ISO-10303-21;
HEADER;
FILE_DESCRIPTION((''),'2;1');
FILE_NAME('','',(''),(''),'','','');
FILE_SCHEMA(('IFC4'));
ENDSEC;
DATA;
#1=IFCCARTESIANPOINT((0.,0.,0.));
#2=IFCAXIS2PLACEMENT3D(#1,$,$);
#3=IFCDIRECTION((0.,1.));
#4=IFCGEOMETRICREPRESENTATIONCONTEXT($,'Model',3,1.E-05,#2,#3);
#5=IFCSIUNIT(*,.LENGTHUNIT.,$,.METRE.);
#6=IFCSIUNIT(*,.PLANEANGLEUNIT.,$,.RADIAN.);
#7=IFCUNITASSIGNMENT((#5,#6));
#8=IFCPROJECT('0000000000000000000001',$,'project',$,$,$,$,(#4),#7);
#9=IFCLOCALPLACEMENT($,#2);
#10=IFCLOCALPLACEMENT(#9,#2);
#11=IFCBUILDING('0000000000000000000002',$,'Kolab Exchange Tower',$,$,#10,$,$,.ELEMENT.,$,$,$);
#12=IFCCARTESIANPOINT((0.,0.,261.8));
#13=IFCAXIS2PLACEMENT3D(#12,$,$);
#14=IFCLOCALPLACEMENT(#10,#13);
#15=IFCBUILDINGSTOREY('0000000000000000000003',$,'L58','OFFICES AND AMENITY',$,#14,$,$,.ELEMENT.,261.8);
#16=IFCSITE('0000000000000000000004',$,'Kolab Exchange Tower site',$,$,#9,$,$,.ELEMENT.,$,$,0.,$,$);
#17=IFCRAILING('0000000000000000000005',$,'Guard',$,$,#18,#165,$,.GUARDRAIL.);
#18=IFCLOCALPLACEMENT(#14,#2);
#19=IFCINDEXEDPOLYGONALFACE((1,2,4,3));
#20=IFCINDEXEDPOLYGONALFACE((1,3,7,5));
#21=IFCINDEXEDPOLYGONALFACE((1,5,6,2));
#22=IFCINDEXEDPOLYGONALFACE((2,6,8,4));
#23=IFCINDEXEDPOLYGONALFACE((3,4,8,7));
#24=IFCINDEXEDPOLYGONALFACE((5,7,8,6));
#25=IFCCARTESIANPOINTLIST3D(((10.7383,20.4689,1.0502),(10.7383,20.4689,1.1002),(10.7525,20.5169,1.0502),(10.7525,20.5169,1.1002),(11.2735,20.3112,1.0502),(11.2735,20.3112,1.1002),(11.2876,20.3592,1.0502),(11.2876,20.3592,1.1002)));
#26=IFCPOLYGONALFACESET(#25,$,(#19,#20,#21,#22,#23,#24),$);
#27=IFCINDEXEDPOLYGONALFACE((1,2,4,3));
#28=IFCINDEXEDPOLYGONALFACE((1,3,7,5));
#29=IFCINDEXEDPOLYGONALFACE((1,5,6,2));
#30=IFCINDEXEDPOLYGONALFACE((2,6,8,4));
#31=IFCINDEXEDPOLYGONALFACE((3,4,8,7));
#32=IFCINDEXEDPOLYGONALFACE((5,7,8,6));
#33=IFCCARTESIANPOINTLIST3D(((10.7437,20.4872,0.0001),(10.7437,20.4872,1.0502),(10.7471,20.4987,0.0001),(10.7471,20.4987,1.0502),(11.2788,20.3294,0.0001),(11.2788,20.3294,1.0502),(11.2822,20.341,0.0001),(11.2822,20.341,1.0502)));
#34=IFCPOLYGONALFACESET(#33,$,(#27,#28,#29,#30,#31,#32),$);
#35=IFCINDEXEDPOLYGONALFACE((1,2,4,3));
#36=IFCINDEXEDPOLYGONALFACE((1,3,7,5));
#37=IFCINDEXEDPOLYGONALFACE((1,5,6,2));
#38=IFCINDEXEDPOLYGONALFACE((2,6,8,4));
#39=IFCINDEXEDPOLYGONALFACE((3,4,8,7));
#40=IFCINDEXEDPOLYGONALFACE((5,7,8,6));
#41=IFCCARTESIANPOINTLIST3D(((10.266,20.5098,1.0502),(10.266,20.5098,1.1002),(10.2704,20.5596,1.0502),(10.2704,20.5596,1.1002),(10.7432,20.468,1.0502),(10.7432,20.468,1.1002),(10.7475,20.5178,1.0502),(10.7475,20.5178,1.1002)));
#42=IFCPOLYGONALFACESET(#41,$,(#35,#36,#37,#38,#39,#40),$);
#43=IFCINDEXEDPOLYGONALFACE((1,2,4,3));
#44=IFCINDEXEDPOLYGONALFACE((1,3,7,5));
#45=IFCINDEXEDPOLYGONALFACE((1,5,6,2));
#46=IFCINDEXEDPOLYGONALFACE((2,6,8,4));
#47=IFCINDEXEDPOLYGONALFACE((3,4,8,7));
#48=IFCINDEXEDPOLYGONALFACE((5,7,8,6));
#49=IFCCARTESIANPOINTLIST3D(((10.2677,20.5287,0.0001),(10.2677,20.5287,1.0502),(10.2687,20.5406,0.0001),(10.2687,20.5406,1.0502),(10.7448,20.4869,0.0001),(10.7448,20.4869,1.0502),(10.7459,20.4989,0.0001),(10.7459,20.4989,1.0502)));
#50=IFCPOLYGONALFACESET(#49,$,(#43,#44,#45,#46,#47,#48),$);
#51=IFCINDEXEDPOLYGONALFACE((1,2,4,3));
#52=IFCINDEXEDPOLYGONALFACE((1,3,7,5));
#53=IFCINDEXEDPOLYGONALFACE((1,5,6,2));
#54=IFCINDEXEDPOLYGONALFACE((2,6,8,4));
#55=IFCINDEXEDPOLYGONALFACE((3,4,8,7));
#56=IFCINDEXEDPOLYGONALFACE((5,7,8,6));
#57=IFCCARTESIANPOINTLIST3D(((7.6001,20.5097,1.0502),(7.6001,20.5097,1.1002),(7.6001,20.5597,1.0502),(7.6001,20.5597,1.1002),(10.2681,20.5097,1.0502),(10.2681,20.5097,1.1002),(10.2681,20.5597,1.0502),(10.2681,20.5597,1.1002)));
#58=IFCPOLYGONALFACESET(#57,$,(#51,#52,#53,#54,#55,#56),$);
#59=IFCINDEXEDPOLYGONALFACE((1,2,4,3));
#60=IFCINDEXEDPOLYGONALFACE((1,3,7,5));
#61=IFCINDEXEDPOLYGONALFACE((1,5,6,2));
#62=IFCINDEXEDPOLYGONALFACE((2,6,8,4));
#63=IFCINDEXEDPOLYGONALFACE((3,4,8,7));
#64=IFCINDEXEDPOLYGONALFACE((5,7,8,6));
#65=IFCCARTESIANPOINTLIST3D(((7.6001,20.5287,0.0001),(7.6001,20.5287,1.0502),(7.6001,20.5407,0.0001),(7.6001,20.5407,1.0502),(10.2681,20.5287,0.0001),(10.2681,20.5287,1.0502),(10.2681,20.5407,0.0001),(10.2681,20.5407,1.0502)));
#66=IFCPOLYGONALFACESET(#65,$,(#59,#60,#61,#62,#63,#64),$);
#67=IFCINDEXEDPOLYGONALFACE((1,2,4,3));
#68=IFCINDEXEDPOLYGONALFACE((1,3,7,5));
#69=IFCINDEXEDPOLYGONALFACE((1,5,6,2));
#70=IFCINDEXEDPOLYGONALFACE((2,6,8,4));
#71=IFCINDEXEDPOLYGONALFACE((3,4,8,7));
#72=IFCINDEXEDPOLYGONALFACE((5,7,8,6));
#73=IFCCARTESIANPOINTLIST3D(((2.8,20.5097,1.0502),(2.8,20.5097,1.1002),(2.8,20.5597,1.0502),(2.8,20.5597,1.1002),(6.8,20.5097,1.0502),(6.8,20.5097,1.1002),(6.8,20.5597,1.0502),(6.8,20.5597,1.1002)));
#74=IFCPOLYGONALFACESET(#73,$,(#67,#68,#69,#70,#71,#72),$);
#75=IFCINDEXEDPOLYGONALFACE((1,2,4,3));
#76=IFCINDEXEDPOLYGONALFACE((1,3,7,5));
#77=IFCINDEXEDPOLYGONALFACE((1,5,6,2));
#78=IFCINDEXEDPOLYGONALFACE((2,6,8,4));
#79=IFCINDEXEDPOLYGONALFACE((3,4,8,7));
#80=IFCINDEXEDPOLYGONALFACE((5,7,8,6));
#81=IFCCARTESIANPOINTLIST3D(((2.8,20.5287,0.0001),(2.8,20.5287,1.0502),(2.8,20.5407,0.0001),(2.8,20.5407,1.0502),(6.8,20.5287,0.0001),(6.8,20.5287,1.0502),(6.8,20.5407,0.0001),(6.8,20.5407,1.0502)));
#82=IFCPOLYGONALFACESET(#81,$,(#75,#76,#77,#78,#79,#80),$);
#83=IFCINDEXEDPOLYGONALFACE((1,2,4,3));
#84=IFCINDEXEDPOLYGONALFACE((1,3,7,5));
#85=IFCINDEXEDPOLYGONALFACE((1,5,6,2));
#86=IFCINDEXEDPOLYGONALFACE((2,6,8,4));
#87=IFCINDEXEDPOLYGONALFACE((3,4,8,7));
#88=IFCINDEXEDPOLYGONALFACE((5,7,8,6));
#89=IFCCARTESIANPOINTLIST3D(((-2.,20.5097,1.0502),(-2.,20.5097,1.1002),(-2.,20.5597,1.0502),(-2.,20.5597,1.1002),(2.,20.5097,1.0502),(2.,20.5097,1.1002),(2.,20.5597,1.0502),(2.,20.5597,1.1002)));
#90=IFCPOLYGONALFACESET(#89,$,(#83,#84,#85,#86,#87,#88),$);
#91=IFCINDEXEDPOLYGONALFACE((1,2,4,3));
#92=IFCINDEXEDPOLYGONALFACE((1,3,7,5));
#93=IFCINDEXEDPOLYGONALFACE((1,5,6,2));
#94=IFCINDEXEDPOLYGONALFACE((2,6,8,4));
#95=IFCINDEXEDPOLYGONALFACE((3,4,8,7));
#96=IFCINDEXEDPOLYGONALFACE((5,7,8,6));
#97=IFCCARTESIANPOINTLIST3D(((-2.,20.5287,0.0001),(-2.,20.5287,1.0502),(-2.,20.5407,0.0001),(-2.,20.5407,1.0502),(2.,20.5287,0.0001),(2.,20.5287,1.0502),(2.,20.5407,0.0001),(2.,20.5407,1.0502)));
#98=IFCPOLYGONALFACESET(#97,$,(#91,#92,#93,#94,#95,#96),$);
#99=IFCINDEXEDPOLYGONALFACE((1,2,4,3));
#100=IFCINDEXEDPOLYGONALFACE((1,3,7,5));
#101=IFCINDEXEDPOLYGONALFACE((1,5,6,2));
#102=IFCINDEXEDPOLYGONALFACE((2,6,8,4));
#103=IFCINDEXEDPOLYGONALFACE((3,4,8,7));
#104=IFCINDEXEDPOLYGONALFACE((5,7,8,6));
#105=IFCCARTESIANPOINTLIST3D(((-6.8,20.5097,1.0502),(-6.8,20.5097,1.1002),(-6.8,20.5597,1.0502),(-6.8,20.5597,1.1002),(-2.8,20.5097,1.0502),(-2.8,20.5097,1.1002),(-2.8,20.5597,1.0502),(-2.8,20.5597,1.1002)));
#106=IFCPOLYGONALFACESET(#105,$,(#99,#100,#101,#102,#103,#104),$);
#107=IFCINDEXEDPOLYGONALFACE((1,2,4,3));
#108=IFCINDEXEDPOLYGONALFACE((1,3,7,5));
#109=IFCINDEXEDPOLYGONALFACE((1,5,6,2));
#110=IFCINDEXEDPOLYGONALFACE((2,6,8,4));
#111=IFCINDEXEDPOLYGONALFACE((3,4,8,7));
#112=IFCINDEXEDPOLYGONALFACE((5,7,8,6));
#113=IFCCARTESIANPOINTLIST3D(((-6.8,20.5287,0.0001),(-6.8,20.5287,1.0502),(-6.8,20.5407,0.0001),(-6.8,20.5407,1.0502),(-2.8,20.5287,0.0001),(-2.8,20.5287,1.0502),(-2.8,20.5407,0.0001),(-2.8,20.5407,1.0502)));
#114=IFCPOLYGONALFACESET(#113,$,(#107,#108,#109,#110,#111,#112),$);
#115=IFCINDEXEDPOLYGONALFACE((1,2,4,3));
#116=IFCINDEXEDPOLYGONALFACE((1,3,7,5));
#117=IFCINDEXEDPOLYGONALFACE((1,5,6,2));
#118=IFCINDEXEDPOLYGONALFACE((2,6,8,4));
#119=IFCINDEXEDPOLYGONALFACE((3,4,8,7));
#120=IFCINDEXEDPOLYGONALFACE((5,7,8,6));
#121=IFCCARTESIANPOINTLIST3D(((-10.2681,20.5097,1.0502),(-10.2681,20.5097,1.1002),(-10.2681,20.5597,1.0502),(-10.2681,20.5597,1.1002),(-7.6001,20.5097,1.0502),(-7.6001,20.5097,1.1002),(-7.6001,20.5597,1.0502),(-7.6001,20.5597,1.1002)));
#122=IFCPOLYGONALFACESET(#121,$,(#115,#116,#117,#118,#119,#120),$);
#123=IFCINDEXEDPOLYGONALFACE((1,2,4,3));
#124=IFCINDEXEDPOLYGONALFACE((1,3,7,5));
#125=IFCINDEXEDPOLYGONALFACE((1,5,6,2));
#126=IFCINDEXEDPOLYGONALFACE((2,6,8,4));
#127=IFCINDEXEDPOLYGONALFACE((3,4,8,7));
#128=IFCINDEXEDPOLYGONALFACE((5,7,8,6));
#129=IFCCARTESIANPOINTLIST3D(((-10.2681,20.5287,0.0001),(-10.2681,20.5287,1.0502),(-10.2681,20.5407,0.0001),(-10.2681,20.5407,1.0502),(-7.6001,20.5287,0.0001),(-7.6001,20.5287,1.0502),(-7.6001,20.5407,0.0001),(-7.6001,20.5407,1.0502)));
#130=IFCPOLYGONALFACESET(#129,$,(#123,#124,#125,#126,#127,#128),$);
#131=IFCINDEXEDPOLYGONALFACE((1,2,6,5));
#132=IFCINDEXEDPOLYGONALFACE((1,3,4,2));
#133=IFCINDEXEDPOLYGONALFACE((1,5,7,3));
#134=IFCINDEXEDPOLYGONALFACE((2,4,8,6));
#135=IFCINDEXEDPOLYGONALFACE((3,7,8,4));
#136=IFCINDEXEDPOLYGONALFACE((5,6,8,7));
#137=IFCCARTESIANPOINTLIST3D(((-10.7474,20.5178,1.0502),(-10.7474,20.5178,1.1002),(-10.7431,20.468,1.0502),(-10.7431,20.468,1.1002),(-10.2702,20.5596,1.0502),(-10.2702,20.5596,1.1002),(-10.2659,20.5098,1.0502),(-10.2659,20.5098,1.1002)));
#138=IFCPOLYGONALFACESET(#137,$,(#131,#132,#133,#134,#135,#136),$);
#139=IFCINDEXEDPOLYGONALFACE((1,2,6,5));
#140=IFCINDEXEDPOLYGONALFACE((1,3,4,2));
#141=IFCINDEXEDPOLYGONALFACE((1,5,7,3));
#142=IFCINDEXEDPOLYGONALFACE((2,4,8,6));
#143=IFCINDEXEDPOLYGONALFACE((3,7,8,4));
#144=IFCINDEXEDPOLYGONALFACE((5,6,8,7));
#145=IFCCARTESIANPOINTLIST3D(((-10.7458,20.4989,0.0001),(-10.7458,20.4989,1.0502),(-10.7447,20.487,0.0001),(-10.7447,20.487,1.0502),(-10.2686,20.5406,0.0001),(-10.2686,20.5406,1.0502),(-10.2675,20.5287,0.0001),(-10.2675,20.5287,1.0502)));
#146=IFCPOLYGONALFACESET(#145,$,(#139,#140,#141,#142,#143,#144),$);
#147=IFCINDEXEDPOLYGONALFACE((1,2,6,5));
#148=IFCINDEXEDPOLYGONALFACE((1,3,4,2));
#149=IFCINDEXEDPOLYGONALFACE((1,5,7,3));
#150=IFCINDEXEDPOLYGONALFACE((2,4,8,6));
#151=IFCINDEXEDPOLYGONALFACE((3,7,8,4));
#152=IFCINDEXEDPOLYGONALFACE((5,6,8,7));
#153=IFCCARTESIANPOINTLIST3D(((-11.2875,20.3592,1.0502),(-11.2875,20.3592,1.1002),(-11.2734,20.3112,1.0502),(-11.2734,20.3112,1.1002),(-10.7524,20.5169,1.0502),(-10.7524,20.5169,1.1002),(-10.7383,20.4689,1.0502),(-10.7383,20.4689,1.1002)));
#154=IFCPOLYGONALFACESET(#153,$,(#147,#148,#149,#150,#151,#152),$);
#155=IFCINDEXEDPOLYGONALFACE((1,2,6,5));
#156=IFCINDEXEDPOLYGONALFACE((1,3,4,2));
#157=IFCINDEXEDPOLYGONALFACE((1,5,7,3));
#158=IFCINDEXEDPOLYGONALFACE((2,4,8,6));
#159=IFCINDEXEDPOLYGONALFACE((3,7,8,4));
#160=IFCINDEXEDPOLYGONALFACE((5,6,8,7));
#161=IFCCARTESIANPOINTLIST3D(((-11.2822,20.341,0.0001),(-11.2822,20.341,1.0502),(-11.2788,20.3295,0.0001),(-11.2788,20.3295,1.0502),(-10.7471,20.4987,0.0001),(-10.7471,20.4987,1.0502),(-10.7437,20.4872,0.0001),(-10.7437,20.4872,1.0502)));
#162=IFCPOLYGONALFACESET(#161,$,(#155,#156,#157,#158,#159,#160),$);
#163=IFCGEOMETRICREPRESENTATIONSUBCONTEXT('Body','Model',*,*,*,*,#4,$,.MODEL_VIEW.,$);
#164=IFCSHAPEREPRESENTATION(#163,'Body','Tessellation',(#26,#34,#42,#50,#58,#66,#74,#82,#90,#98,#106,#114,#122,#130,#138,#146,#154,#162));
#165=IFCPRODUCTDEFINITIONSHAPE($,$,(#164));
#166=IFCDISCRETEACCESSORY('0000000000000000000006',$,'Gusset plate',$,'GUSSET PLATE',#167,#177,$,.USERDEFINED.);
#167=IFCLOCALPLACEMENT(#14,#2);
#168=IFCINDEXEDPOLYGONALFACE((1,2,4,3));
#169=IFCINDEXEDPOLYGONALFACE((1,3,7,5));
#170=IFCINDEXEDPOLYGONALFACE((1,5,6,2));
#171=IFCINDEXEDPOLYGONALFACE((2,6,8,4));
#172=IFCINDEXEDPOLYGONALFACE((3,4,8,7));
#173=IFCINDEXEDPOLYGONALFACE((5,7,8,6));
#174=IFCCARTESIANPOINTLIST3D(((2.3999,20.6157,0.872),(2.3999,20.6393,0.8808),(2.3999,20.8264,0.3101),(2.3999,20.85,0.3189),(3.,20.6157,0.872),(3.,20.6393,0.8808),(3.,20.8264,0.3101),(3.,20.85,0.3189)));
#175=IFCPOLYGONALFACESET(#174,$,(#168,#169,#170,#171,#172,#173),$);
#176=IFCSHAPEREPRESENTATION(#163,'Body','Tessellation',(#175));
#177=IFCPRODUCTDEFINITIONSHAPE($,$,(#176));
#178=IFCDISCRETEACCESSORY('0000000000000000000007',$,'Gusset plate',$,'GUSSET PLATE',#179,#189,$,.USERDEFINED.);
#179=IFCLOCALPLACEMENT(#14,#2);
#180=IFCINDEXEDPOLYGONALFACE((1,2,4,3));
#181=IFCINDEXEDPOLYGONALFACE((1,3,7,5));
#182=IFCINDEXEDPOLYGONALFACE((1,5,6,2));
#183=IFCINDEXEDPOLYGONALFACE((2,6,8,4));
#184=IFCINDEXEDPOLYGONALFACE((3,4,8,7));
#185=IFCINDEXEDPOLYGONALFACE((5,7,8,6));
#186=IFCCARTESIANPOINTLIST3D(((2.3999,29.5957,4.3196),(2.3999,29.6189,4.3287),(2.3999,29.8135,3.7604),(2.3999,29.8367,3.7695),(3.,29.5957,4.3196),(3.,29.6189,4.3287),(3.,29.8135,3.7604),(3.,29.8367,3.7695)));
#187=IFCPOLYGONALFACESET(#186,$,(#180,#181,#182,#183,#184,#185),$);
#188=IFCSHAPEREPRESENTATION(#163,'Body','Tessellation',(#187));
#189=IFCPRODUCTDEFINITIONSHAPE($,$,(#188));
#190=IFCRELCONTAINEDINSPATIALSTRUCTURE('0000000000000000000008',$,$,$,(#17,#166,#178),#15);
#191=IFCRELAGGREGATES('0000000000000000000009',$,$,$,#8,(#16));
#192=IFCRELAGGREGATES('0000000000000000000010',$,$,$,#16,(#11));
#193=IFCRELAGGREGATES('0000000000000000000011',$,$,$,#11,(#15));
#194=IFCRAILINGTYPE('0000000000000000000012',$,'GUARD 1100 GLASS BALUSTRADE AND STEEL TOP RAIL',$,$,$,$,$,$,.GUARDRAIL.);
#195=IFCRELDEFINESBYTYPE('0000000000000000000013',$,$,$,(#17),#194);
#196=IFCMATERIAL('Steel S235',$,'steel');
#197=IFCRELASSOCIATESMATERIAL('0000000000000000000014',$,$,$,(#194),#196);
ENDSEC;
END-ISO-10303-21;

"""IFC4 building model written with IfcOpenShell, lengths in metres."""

from ifc_helpers import new_model, si_unit, direction, frame, frame_2d, origin, origin_2d, place, context, subcontext, project, spatial, rectangle, extrude, material, type_object, element, save


model = new_model("IFC4")

# Units and contexts
model_context = context("Model", 3, precision=1e-05, world=origin(), true_north=direction((0.0, 1.0)))
body_context = subcontext(model_context, "Body", "Model", "MODEL_VIEW")
ifc_project = project(units=[si_unit("LENGTHUNIT", "METRE"), si_unit("PLANEANGLEUNIT", "RADIAN")], contexts=[model_context])

# Site, building, storey
site_placement = place(None, origin())
site = spatial("IfcSite", under=ifc_project, at=site_placement, Name="Kolab Exchange Tower site", CompositionType="ELEMENT", RefElevation=0.0)
building_placement = place(site_placement, origin())
building = spatial("IfcBuilding", under=site, at=building_placement, Name="Kolab Exchange Tower", CompositionType="ELEMENT")
storey_placement = place(building_placement, frame((0.0, 0.0, 261.8)))
storey = spatial("IfcBuildingStorey", under=building, at=storey_placement, Name="L58", Description="OFFICES AND AMENITY", CompositionType="ELEMENT", Elevation=261.8)

# Railing
ifc_material_1 = material(Name="Steel S235", Category="steel")
railing_type = type_object("IfcRailingType", Name="GUARD 1100 GLASS BALUSTRADE AND STEEL TOP RAIL", PredefinedType="GUARDRAIL", material=ifc_material_1)
railing_placement = place(storey_placement, frame((11.2805, 20.3352, 0.0)))
element("IfcRailing", 1, at=railing_placement, inside=storey, type_object=railing_type, Name="Guard", PredefinedType="GUARDRAIL", context=body_context, shape_type="SweptSolid", body=[
    extrude(rectangle(XDim=0.05, YDim=0.05, at=origin_2d()), frame((0.0, 0.0, 1.0752), z_axis=(-0.959212, 0.282687, 0.0), x_axis=(-0.282687, -0.959212, 0.0)), (0.0, 0.0, 1.0), 0.5579),
    extrude(rectangle(XDim=0.012, YDim=1.0501, at=frame_2d((0.0, 0.5251))), frame((0.0, 0.0, 0.0), z_axis=(-0.959212, 0.282687, 0.0), x_axis=(-0.282687, -0.959212, 0.0)), (0.0, 0.0, 1.0), 0.5579),
    extrude(rectangle(XDim=0.05, YDim=0.05, at=origin_2d()), frame((-0.5352, 0.1577, 1.0752), z_axis=(-0.996196, 0.087135, 0.0), x_axis=(-0.087135, -0.996196, 0.0)), (0.0, 0.0, 1.0), 0.479),
    extrude(rectangle(XDim=0.012, YDim=1.0501, at=frame_2d((0.0, 0.5251))), frame((-0.5352, 0.1577, 0.0), z_axis=(-0.996196, 0.087135, 0.0), x_axis=(-0.087135, -0.996196, 0.0)), (0.0, 0.0, 1.0), 0.479),
    extrude(rectangle(XDim=0.05, YDim=0.05, at=origin_2d()), frame((-1.0125, 0.1995, 1.0752), z_axis=(-1.0, 0.0, 0.0), x_axis=(0.0, -1.0, 0.0)), (0.0, 0.0, 1.0), 2.668),
    extrude(rectangle(XDim=0.012, YDim=1.0501, at=frame_2d((0.0, 0.5251))), frame((-1.0125, 0.1995, 0.0), z_axis=(-1.0, 0.0, 0.0), x_axis=(0.0, -1.0, 0.0)), (0.0, 0.0, 1.0), 2.668),
    extrude(rectangle(XDim=0.05, YDim=0.05, at=origin_2d()), frame((-4.4805, 0.1995, 1.0752), z_axis=(-1.0, 0.0, 0.0), x_axis=(0.0, -1.0, 0.0)), (0.0, 0.0, 1.0), 4.0),
    extrude(rectangle(XDim=0.012, YDim=1.0501, at=frame_2d((0.0, 0.5251))), frame((-4.4805, 0.1995, 0.0), z_axis=(-1.0, 0.0, 0.0), x_axis=(0.0, -1.0, 0.0)), (0.0, 0.0, 1.0), 4.0),
    extrude(rectangle(XDim=0.05, YDim=0.05, at=origin_2d()), frame((-9.2805, 0.1995, 1.0752), z_axis=(-1.0, 0.0, 0.0), x_axis=(0.0, -1.0, 0.0)), (0.0, 0.0, 1.0), 4.0),
    extrude(rectangle(XDim=0.012, YDim=1.0501, at=frame_2d((0.0, 0.5251))), frame((-9.2805, 0.1995, 0.0), z_axis=(-1.0, 0.0, 0.0), x_axis=(0.0, -1.0, 0.0)), (0.0, 0.0, 1.0), 4.0),
    extrude(rectangle(XDim=0.05, YDim=0.05, at=origin_2d()), frame((-14.0806, 0.1995, 1.0752), z_axis=(-1.0, 0.0, 0.0), x_axis=(0.0, -1.0, 0.0)), (0.0, 0.0, 1.0), 4.0),
    extrude(rectangle(XDim=0.012, YDim=1.0501, at=frame_2d((0.0, 0.5251))), frame((-14.0806, 0.1995, 0.0), z_axis=(-1.0, 0.0, 0.0), x_axis=(0.0, -1.0, 0.0)), (0.0, 0.0, 1.0), 4.0),
    extrude(rectangle(XDim=0.05, YDim=0.05, at=origin_2d()), frame((-18.8806, 0.1995, 1.0752), z_axis=(-1.0, 0.0, 0.0), x_axis=(0.0, -1.0, 0.0)), (0.0, 0.0, 1.0), 2.668),
    extrude(rectangle(XDim=0.012, YDim=1.0501, at=frame_2d((0.0, 0.5251))), frame((-18.8806, 0.1995, 0.0), z_axis=(-1.0, 0.0, 0.0), x_axis=(0.0, -1.0, 0.0)), (0.0, 0.0, 1.0), 2.668),
    extrude(rectangle(XDim=0.05, YDim=0.05, at=origin_2d()), frame((-21.5486, 0.1995, 1.0752), z_axis=(-0.996196, -0.087135, 0.0), x_axis=(0.087135, -0.996196, 0.0)), (0.0, 0.0, 1.0), 0.479),
    extrude(rectangle(XDim=0.012, YDim=1.0501, at=frame_2d((0.0, 0.5251))), frame((-21.5486, 0.1995, 0.0), z_axis=(-0.996196, -0.087135, 0.0), x_axis=(0.087135, -0.996196, 0.0)), (0.0, 0.0, 1.0), 0.479),
    extrude(rectangle(XDim=0.05, YDim=0.05, at=origin_2d()), frame((-22.0259, 0.1577, 1.0752), z_axis=(-0.959212, -0.282687, 0.0), x_axis=(0.282687, -0.959212, 0.0)), (0.0, 0.0, 1.0), 0.5579),
    extrude(rectangle(XDim=0.012, YDim=1.0501, at=frame_2d((0.0, 0.5251))), frame((-22.0259, 0.1577, 0.0), z_axis=(-0.959212, -0.282687, 0.0), x_axis=(0.282687, -0.959212, 0.0)), (0.0, 0.0, 1.0), 0.5579),
])

# Discrete accessories
discrete_accessory_1_placement = place(storey_placement, frame((2.7, 20.7446, 0.5999), z_axis=(0.0, -0.936329, -0.351123), x_axis=(1.0, 0.0, 0.0)))
element("IfcDiscreteAccessory", 2, at=discrete_accessory_1_placement, inside=storey, Name="Gusset plate", ObjectType="GUSSET PLATE", PredefinedType="USERDEFINED", context=body_context, shape_type="SweptSolid", body=[
    extrude(rectangle(XDim=0.6001, YDim=0.6001, at=origin_2d()), origin(), (0.0, 0.0, 1.0), 0.0251),
])
discrete_accessory_2_placement = place(storey_placement, frame((2.7, 29.7046, 4.04), z_axis=(0.0, 0.93182, 0.36292), x_axis=(-1.0, 0.0, 0.0)))
element("IfcDiscreteAccessory", 3, at=discrete_accessory_2_placement, inside=storey, Name="Gusset plate", ObjectType="GUSSET PLATE", PredefinedType="USERDEFINED", context=body_context, shape_type="SweptSolid", body=[
    extrude(rectangle(XDim=0.6001, YDim=0.6001, at=origin_2d()), origin(), (0.0, 0.0, 1.0), 0.0249),
])

save(model, "model.ifc")
